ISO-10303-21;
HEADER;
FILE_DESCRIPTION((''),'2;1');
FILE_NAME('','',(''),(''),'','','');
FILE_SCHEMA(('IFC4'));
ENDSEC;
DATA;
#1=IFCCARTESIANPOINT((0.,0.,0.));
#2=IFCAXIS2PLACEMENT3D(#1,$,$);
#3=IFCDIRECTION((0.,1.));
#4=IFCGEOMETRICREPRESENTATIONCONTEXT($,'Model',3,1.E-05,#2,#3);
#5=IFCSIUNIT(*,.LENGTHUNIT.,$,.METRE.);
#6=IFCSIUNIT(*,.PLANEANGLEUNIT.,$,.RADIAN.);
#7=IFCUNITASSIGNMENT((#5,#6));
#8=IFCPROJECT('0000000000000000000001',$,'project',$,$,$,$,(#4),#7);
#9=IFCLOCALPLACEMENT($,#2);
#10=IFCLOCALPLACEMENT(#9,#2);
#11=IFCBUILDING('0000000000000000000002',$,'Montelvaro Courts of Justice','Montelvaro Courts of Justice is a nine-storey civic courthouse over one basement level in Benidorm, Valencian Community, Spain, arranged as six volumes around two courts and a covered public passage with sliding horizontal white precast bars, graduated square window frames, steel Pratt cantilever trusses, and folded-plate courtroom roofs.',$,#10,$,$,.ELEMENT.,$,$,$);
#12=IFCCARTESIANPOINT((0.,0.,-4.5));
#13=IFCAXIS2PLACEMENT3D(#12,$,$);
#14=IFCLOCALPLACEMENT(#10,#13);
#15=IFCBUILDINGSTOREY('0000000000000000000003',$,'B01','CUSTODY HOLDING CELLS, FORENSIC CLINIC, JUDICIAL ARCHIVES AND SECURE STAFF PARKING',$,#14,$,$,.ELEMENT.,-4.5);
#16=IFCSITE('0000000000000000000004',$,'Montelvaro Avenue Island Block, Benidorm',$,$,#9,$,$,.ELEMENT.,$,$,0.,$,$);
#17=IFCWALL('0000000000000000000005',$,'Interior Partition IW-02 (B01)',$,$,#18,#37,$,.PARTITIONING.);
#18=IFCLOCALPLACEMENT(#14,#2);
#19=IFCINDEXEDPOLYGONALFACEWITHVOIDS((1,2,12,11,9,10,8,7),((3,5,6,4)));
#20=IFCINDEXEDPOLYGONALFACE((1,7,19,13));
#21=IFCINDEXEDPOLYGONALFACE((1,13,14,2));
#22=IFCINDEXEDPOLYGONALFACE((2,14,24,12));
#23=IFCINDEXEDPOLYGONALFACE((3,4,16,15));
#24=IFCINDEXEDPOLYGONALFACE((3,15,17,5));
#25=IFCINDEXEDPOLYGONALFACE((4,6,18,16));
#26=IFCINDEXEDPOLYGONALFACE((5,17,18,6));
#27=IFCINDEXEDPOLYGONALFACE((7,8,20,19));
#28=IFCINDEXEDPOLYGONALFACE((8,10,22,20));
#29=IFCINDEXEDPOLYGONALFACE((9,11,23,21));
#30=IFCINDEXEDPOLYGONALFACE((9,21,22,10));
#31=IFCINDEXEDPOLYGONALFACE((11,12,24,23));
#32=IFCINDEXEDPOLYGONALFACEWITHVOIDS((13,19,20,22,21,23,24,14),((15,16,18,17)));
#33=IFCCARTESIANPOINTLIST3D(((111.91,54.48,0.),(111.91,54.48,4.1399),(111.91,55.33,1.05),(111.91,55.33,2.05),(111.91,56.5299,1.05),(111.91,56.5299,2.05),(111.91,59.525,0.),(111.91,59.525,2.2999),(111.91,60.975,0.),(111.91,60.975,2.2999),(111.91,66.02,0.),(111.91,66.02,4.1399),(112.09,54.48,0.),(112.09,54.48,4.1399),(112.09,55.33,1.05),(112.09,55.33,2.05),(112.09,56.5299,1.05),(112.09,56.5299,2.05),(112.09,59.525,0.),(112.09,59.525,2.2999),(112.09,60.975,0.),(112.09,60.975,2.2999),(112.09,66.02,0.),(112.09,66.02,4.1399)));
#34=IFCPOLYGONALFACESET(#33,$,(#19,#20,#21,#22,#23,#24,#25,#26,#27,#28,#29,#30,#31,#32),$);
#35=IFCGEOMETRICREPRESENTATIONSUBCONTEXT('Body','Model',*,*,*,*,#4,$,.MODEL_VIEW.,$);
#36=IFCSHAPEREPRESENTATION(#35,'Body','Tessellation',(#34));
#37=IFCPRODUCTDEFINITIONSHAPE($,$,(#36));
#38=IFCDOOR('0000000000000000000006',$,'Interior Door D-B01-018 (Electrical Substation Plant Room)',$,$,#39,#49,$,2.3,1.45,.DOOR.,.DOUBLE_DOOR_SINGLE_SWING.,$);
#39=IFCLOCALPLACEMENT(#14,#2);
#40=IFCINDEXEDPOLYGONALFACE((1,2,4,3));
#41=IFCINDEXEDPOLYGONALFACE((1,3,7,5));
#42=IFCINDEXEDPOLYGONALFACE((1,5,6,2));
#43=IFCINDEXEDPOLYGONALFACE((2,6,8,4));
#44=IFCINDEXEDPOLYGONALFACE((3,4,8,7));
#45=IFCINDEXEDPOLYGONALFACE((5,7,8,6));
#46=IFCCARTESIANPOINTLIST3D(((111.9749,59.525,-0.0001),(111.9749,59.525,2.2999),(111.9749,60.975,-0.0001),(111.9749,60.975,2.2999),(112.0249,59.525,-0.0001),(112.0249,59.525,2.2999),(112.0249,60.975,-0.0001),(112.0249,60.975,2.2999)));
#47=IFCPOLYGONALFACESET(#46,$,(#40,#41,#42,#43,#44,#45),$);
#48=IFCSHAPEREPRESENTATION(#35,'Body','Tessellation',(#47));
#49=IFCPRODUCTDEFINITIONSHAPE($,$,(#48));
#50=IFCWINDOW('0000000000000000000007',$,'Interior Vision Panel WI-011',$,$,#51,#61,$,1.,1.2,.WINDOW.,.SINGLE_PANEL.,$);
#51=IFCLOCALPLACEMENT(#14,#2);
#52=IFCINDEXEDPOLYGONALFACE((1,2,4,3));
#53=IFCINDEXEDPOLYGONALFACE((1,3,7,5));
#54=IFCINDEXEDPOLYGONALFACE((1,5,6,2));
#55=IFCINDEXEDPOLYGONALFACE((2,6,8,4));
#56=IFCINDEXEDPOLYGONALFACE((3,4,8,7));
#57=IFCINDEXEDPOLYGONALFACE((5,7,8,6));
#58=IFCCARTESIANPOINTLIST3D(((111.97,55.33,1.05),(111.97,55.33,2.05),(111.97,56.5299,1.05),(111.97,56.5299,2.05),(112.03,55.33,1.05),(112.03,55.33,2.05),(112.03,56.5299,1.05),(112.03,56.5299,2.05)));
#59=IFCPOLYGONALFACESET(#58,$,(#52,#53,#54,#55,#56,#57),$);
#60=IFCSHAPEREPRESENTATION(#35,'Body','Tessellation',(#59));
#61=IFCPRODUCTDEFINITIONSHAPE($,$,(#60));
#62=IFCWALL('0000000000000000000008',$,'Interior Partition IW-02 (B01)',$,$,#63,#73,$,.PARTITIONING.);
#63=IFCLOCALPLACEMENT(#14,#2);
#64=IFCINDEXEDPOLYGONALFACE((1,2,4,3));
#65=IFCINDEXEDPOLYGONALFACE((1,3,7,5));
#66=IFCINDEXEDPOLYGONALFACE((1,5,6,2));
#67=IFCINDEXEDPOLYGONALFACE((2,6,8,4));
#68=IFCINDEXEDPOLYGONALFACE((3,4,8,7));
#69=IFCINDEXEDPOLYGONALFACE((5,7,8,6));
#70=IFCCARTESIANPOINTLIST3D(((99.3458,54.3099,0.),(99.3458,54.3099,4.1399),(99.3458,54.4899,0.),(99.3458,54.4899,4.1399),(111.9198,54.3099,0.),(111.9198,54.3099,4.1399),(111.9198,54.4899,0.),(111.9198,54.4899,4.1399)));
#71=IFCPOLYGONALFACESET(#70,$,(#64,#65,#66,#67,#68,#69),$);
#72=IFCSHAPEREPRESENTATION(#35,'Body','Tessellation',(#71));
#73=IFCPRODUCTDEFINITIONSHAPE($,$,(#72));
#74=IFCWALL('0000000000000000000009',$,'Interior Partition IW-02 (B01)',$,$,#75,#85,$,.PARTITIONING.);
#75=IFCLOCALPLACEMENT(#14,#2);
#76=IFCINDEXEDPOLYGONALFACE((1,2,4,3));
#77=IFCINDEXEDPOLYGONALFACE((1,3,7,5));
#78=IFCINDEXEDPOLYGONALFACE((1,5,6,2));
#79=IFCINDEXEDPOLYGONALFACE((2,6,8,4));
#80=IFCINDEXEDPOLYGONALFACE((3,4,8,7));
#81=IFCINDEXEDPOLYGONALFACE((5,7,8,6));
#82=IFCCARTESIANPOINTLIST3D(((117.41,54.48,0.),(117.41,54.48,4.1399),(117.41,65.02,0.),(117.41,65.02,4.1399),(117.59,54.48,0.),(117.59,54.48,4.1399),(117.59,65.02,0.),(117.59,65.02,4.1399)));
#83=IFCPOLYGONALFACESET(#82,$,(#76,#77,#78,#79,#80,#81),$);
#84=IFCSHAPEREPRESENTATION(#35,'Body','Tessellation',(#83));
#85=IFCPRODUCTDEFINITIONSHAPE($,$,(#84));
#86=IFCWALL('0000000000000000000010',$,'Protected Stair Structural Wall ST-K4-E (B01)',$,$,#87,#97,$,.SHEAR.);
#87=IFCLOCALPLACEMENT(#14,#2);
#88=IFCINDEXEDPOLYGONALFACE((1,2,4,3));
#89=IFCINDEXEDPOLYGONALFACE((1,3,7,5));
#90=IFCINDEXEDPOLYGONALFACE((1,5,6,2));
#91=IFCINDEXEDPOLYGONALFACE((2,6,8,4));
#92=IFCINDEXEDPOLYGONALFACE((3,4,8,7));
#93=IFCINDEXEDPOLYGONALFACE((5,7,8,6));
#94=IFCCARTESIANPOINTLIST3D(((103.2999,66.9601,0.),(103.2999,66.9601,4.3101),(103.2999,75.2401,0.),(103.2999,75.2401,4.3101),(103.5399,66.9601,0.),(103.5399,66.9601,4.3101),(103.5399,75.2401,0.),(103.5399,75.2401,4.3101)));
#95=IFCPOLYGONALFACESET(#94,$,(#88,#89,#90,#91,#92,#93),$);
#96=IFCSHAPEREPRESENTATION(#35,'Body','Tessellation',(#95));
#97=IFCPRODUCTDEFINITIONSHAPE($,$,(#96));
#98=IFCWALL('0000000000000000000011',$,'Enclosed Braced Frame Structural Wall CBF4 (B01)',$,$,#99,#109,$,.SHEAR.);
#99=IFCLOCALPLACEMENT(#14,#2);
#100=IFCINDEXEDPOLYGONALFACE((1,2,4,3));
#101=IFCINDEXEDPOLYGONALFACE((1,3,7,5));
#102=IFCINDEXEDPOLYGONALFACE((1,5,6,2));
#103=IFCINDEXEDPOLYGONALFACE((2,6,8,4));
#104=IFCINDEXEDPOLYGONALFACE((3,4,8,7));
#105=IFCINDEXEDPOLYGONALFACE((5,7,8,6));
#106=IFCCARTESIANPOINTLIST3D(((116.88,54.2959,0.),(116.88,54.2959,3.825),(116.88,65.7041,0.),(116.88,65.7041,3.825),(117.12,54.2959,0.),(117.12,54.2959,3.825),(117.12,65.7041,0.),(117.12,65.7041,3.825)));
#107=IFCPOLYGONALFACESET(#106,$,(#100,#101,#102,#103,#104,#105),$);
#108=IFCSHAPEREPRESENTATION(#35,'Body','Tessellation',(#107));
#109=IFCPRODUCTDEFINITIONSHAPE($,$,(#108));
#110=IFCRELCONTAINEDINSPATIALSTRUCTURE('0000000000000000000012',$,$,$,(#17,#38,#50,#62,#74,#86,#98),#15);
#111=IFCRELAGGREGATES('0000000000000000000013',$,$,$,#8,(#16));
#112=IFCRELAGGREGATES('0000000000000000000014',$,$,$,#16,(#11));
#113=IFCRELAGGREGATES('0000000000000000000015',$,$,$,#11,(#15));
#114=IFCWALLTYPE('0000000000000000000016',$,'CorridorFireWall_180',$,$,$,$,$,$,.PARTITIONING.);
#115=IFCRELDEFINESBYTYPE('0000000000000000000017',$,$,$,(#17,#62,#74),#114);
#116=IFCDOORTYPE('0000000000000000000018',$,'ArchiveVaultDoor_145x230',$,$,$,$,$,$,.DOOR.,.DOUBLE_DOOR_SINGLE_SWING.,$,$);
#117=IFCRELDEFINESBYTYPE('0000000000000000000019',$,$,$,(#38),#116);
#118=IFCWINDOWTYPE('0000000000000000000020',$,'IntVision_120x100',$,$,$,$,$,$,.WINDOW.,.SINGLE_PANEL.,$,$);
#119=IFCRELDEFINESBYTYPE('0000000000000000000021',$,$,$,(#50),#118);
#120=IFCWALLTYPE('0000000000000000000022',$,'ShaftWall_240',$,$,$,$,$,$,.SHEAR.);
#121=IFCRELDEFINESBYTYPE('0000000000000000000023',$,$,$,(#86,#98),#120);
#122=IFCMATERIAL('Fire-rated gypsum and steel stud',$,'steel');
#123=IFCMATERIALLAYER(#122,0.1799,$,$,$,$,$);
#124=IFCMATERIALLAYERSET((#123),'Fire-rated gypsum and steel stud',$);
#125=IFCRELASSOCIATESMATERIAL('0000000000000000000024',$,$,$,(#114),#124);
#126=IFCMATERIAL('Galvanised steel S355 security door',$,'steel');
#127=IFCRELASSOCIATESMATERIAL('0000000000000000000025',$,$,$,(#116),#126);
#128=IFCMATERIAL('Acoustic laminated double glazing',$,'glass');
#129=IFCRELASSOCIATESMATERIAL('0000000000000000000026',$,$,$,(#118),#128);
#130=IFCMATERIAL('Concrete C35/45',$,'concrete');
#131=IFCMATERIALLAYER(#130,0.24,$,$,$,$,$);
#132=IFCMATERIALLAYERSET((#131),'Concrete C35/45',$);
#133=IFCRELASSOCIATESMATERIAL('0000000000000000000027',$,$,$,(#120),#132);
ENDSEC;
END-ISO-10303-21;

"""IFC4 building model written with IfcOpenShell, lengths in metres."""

from ifc_helpers import new_model, si_unit, direction, frame, frame_2d, origin, place, context, subcontext, project, spatial, rectangle, extrude, material, layer, layer_set, type_object, element, fill, save


model = new_model("IFC4")

# Units and contexts
model_context = context("Model", 3, precision=1e-05, world=origin(), true_north=direction((0.0, 1.0)))
body_context = subcontext(model_context, "Body", "Model", "MODEL_VIEW")
ifc_project = project(units=[si_unit("LENGTHUNIT", "METRE"), si_unit("PLANEANGLEUNIT", "RADIAN")], contexts=[model_context])

# Site, building, storey
site_placement = place(None, origin())
site = spatial("IfcSite", under=ifc_project, at=site_placement, Name="Montelvaro Avenue Island Block, Benidorm", CompositionType="ELEMENT", RefElevation=0.0)
building_placement = place(site_placement, origin())
building = spatial("IfcBuilding", under=site, at=building_placement, Name="Montelvaro Courts of Justice", Description="Montelvaro Courts of Justice is a nine-storey civic courthouse over one basement level in Benidorm, Valencian Community, Spain, arranged as six volumes around two courts and a covered public passage with sliding horizontal white precast bars, graduated square window frames, steel Pratt cantilever trusses, and folded-plate courtroom roofs.", CompositionType="ELEMENT")
storey_placement = place(building_placement, frame((0.0, 0.0, -4.5)))
storey = spatial("IfcBuildingStorey", under=building, at=storey_placement, Name="B01", Description="CUSTODY HOLDING CELLS, FORENSIC CLINIC, JUDICIAL ARCHIVES AND SECURE STAFF PARKING", CompositionType="ELEMENT", Elevation=-4.5)

# Shared definitions
ifc_material_1 = material(Name="Concrete C35/45", Category="concrete")

# Shared definitions
ifc_material_2 = material(Name="Fire-rated gypsum and steel stud", Category="steel")
ifc_layer_1 = layer(ifc_material_2, 0.1799)
ifc_layer_set_1 = layer_set([ifc_layer_1], Name="Fire-rated gypsum and steel stud")
wall_type_1 = type_object("IfcWallType", Name="CorridorFireWall_180", PredefinedType="PARTITIONING", material=ifc_layer_set_1)

# Wall, openings, door, window
wall_1_placement = place(storey_placement, frame((112.0, 66.02, 0.0), z_axis=(0.0, 0.0, 1.0), x_axis=(0.0, -1.0, 0.0)))
wall_1 = element("IfcWall", 1, at=wall_1_placement, inside=storey, type_object=wall_type_1, Name="Interior Partition IW-02 (B01)", PredefinedType="PARTITIONING", context=body_context, shape_type="SweptSolid", body=[
    extrude(rectangle(XDim=11.54, YDim=0.1799, at=frame_2d((5.77, 0.0))), origin(), (0.0, 0.0, 1.0), 4.1399),
])
opening_1_placement = place(wall_1_placement, frame((5.0449, 0.0, 0.0)))
opening_1 = element("IfcOpeningElement", 2, at=opening_1_placement, cuts=wall_1, PredefinedType="OPENING", context=body_context, shape_type="SweptSolid", body=[
    extrude(rectangle(XDim=1.45, YDim=2.3, at=frame_2d((0.7251, 1.1499))), frame((0.0, 0.105, 0.0), z_axis=(0.0, -1.0, 0.0), x_axis=(1.0, 0.0, 0.0)), (0.0, 0.0, 1.0), 0.2097),
])
opening_2_placement = place(wall_1_placement, frame((9.49, 0.0, 1.05)))
opening_2 = element("IfcOpeningElement", 3, at=opening_2_placement, cuts=wall_1, PredefinedType="OPENING", context=body_context, shape_type="SweptSolid", body=[
    extrude(rectangle(XDim=1.2, YDim=1.0, at=frame_2d((0.6001, 0.5))), frame((0.0, 0.105, 0.0), z_axis=(0.0, -1.0, 0.0), x_axis=(1.0, 0.0, 0.0)), (0.0, 0.0, 1.0), 0.2097),
])
ifc_material_3 = material(Name="Galvanised steel S355 security door", Category="steel")
door_type = type_object("IfcDoorType", Name="ArchiveVaultDoor_145x230", OperationType="DOUBLE_DOOR_SINGLE_SWING", PredefinedType="DOOR", material=ifc_material_3)
door_placement = place(opening_1_placement, origin())
door = element("IfcDoor", 4, at=door_placement, inside=storey, type_object=door_type, Name="Interior Door D-B01-018 (Electrical Substation Plant Room)", OperationType="DOUBLE_DOOR_SINGLE_SWING", OverallHeight=2.3, OverallWidth=1.45, PredefinedType="DOOR", context=body_context, shape_type="SweptSolid", body=[
    extrude(rectangle(XDim=1.45, YDim=2.3, at=frame_2d((0.7251, 1.1499))), frame((0.0, 0.0249, 0.0), z_axis=(0.0, -1.0, 0.0), x_axis=(1.0, 0.0, 0.0)), (0.0, 0.0, 1.0), 0.05),
])
fill(opening_1, door)
ifc_material_4 = material(Name="Acoustic laminated double glazing", Category="glass")
window_type = type_object("IfcWindowType", Name="IntVision_120x100", PartitioningType="SINGLE_PANEL", PredefinedType="WINDOW", material=ifc_material_4)
window_placement = place(opening_2_placement, origin())
window = element("IfcWindow", 5, at=window_placement, inside=storey, type_object=window_type, Name="Interior Vision Panel WI-011", OverallHeight=1.0, OverallWidth=1.2, PartitioningType="SINGLE_PANEL", PredefinedType="WINDOW", context=body_context, shape_type="SweptSolid", body=[
    extrude(rectangle(XDim=1.2, YDim=1.0, at=frame_2d((0.6001, 0.5))), frame((0.0, 0.03, 0.0), z_axis=(0.0, -1.0, 0.0), x_axis=(1.0, 0.0, 0.0)), (0.0, 0.0, 1.0), 0.0601),
])
fill(opening_2, window)

# Walls
wall_2_placement = place(storey_placement, frame((111.9199, 54.3999, 0.0), z_axis=(0.0, 0.0, 1.0), x_axis=(-1.0, 0.0, 0.0)))
element("IfcWall", 6, at=wall_2_placement, inside=storey, type_object=wall_type_1, Name="Interior Partition IW-02 (B01)", PredefinedType="PARTITIONING", context=body_context, shape_type="SweptSolid", body=[
    extrude(rectangle(XDim=12.574, YDim=0.1799, at=frame_2d((6.2871, 0.0))), origin(), (0.0, 0.0, 1.0), 4.1399),
])
wall_3_placement = place(storey_placement, frame((117.5, 54.48, 0.0), z_axis=(0.0, 0.0, 1.0), x_axis=(0.0, 1.0, 0.0)))
element("IfcWall", 7, at=wall_3_placement, inside=storey, type_object=wall_type_1, Name="Interior Partition IW-02 (B01)", PredefinedType="PARTITIONING", context=body_context, shape_type="SweptSolid", body=[
    extrude(rectangle(XDim=10.54, YDim=0.1799, at=frame_2d((5.27, 0.0))), origin(), (0.0, 0.0, 1.0), 4.1399),
])
ifc_layer_2 = layer(ifc_material_1, 0.24)
ifc_layer_set_2 = layer_set([ifc_layer_2], Name="Concrete C35/45")
wall_type_2 = type_object("IfcWallType", Name="ShaftWall_240", PredefinedType="SHEAR", material=ifc_layer_set_2)
wall_4_placement = place(storey_placement, frame((103.4199, 66.96, 0.0), z_axis=(0.0, 0.0, 1.0), x_axis=(0.0, 1.0, 0.0)))
element("IfcWall", 8, at=wall_4_placement, inside=storey, type_object=wall_type_2, Name="Protected Stair Structural Wall ST-K4-E (B01)", PredefinedType="SHEAR", context=body_context, shape_type="SweptSolid", body=[
    extrude(rectangle(XDim=8.28, YDim=0.24, at=frame_2d((4.1401, 0.0))), origin(), (0.0, 0.0, 1.0), 4.3101),
])
wall_5_placement = place(storey_placement, frame((117.0, 54.2959, 0.0), z_axis=(0.0, 0.0, 1.0), x_axis=(0.0, 1.0, 0.0)))
element("IfcWall", 9, at=wall_5_placement, inside=storey, type_object=wall_type_2, Name="Enclosed Braced Frame Structural Wall CBF4 (B01)", PredefinedType="SHEAR", context=body_context, shape_type="SweptSolid", body=[
    extrude(rectangle(XDim=11.4082, YDim=0.24, at=frame_2d((5.7041, 0.0))), origin(), (0.0, 0.0, 1.0), 3.825),
])

save(model, "model.ifc")
